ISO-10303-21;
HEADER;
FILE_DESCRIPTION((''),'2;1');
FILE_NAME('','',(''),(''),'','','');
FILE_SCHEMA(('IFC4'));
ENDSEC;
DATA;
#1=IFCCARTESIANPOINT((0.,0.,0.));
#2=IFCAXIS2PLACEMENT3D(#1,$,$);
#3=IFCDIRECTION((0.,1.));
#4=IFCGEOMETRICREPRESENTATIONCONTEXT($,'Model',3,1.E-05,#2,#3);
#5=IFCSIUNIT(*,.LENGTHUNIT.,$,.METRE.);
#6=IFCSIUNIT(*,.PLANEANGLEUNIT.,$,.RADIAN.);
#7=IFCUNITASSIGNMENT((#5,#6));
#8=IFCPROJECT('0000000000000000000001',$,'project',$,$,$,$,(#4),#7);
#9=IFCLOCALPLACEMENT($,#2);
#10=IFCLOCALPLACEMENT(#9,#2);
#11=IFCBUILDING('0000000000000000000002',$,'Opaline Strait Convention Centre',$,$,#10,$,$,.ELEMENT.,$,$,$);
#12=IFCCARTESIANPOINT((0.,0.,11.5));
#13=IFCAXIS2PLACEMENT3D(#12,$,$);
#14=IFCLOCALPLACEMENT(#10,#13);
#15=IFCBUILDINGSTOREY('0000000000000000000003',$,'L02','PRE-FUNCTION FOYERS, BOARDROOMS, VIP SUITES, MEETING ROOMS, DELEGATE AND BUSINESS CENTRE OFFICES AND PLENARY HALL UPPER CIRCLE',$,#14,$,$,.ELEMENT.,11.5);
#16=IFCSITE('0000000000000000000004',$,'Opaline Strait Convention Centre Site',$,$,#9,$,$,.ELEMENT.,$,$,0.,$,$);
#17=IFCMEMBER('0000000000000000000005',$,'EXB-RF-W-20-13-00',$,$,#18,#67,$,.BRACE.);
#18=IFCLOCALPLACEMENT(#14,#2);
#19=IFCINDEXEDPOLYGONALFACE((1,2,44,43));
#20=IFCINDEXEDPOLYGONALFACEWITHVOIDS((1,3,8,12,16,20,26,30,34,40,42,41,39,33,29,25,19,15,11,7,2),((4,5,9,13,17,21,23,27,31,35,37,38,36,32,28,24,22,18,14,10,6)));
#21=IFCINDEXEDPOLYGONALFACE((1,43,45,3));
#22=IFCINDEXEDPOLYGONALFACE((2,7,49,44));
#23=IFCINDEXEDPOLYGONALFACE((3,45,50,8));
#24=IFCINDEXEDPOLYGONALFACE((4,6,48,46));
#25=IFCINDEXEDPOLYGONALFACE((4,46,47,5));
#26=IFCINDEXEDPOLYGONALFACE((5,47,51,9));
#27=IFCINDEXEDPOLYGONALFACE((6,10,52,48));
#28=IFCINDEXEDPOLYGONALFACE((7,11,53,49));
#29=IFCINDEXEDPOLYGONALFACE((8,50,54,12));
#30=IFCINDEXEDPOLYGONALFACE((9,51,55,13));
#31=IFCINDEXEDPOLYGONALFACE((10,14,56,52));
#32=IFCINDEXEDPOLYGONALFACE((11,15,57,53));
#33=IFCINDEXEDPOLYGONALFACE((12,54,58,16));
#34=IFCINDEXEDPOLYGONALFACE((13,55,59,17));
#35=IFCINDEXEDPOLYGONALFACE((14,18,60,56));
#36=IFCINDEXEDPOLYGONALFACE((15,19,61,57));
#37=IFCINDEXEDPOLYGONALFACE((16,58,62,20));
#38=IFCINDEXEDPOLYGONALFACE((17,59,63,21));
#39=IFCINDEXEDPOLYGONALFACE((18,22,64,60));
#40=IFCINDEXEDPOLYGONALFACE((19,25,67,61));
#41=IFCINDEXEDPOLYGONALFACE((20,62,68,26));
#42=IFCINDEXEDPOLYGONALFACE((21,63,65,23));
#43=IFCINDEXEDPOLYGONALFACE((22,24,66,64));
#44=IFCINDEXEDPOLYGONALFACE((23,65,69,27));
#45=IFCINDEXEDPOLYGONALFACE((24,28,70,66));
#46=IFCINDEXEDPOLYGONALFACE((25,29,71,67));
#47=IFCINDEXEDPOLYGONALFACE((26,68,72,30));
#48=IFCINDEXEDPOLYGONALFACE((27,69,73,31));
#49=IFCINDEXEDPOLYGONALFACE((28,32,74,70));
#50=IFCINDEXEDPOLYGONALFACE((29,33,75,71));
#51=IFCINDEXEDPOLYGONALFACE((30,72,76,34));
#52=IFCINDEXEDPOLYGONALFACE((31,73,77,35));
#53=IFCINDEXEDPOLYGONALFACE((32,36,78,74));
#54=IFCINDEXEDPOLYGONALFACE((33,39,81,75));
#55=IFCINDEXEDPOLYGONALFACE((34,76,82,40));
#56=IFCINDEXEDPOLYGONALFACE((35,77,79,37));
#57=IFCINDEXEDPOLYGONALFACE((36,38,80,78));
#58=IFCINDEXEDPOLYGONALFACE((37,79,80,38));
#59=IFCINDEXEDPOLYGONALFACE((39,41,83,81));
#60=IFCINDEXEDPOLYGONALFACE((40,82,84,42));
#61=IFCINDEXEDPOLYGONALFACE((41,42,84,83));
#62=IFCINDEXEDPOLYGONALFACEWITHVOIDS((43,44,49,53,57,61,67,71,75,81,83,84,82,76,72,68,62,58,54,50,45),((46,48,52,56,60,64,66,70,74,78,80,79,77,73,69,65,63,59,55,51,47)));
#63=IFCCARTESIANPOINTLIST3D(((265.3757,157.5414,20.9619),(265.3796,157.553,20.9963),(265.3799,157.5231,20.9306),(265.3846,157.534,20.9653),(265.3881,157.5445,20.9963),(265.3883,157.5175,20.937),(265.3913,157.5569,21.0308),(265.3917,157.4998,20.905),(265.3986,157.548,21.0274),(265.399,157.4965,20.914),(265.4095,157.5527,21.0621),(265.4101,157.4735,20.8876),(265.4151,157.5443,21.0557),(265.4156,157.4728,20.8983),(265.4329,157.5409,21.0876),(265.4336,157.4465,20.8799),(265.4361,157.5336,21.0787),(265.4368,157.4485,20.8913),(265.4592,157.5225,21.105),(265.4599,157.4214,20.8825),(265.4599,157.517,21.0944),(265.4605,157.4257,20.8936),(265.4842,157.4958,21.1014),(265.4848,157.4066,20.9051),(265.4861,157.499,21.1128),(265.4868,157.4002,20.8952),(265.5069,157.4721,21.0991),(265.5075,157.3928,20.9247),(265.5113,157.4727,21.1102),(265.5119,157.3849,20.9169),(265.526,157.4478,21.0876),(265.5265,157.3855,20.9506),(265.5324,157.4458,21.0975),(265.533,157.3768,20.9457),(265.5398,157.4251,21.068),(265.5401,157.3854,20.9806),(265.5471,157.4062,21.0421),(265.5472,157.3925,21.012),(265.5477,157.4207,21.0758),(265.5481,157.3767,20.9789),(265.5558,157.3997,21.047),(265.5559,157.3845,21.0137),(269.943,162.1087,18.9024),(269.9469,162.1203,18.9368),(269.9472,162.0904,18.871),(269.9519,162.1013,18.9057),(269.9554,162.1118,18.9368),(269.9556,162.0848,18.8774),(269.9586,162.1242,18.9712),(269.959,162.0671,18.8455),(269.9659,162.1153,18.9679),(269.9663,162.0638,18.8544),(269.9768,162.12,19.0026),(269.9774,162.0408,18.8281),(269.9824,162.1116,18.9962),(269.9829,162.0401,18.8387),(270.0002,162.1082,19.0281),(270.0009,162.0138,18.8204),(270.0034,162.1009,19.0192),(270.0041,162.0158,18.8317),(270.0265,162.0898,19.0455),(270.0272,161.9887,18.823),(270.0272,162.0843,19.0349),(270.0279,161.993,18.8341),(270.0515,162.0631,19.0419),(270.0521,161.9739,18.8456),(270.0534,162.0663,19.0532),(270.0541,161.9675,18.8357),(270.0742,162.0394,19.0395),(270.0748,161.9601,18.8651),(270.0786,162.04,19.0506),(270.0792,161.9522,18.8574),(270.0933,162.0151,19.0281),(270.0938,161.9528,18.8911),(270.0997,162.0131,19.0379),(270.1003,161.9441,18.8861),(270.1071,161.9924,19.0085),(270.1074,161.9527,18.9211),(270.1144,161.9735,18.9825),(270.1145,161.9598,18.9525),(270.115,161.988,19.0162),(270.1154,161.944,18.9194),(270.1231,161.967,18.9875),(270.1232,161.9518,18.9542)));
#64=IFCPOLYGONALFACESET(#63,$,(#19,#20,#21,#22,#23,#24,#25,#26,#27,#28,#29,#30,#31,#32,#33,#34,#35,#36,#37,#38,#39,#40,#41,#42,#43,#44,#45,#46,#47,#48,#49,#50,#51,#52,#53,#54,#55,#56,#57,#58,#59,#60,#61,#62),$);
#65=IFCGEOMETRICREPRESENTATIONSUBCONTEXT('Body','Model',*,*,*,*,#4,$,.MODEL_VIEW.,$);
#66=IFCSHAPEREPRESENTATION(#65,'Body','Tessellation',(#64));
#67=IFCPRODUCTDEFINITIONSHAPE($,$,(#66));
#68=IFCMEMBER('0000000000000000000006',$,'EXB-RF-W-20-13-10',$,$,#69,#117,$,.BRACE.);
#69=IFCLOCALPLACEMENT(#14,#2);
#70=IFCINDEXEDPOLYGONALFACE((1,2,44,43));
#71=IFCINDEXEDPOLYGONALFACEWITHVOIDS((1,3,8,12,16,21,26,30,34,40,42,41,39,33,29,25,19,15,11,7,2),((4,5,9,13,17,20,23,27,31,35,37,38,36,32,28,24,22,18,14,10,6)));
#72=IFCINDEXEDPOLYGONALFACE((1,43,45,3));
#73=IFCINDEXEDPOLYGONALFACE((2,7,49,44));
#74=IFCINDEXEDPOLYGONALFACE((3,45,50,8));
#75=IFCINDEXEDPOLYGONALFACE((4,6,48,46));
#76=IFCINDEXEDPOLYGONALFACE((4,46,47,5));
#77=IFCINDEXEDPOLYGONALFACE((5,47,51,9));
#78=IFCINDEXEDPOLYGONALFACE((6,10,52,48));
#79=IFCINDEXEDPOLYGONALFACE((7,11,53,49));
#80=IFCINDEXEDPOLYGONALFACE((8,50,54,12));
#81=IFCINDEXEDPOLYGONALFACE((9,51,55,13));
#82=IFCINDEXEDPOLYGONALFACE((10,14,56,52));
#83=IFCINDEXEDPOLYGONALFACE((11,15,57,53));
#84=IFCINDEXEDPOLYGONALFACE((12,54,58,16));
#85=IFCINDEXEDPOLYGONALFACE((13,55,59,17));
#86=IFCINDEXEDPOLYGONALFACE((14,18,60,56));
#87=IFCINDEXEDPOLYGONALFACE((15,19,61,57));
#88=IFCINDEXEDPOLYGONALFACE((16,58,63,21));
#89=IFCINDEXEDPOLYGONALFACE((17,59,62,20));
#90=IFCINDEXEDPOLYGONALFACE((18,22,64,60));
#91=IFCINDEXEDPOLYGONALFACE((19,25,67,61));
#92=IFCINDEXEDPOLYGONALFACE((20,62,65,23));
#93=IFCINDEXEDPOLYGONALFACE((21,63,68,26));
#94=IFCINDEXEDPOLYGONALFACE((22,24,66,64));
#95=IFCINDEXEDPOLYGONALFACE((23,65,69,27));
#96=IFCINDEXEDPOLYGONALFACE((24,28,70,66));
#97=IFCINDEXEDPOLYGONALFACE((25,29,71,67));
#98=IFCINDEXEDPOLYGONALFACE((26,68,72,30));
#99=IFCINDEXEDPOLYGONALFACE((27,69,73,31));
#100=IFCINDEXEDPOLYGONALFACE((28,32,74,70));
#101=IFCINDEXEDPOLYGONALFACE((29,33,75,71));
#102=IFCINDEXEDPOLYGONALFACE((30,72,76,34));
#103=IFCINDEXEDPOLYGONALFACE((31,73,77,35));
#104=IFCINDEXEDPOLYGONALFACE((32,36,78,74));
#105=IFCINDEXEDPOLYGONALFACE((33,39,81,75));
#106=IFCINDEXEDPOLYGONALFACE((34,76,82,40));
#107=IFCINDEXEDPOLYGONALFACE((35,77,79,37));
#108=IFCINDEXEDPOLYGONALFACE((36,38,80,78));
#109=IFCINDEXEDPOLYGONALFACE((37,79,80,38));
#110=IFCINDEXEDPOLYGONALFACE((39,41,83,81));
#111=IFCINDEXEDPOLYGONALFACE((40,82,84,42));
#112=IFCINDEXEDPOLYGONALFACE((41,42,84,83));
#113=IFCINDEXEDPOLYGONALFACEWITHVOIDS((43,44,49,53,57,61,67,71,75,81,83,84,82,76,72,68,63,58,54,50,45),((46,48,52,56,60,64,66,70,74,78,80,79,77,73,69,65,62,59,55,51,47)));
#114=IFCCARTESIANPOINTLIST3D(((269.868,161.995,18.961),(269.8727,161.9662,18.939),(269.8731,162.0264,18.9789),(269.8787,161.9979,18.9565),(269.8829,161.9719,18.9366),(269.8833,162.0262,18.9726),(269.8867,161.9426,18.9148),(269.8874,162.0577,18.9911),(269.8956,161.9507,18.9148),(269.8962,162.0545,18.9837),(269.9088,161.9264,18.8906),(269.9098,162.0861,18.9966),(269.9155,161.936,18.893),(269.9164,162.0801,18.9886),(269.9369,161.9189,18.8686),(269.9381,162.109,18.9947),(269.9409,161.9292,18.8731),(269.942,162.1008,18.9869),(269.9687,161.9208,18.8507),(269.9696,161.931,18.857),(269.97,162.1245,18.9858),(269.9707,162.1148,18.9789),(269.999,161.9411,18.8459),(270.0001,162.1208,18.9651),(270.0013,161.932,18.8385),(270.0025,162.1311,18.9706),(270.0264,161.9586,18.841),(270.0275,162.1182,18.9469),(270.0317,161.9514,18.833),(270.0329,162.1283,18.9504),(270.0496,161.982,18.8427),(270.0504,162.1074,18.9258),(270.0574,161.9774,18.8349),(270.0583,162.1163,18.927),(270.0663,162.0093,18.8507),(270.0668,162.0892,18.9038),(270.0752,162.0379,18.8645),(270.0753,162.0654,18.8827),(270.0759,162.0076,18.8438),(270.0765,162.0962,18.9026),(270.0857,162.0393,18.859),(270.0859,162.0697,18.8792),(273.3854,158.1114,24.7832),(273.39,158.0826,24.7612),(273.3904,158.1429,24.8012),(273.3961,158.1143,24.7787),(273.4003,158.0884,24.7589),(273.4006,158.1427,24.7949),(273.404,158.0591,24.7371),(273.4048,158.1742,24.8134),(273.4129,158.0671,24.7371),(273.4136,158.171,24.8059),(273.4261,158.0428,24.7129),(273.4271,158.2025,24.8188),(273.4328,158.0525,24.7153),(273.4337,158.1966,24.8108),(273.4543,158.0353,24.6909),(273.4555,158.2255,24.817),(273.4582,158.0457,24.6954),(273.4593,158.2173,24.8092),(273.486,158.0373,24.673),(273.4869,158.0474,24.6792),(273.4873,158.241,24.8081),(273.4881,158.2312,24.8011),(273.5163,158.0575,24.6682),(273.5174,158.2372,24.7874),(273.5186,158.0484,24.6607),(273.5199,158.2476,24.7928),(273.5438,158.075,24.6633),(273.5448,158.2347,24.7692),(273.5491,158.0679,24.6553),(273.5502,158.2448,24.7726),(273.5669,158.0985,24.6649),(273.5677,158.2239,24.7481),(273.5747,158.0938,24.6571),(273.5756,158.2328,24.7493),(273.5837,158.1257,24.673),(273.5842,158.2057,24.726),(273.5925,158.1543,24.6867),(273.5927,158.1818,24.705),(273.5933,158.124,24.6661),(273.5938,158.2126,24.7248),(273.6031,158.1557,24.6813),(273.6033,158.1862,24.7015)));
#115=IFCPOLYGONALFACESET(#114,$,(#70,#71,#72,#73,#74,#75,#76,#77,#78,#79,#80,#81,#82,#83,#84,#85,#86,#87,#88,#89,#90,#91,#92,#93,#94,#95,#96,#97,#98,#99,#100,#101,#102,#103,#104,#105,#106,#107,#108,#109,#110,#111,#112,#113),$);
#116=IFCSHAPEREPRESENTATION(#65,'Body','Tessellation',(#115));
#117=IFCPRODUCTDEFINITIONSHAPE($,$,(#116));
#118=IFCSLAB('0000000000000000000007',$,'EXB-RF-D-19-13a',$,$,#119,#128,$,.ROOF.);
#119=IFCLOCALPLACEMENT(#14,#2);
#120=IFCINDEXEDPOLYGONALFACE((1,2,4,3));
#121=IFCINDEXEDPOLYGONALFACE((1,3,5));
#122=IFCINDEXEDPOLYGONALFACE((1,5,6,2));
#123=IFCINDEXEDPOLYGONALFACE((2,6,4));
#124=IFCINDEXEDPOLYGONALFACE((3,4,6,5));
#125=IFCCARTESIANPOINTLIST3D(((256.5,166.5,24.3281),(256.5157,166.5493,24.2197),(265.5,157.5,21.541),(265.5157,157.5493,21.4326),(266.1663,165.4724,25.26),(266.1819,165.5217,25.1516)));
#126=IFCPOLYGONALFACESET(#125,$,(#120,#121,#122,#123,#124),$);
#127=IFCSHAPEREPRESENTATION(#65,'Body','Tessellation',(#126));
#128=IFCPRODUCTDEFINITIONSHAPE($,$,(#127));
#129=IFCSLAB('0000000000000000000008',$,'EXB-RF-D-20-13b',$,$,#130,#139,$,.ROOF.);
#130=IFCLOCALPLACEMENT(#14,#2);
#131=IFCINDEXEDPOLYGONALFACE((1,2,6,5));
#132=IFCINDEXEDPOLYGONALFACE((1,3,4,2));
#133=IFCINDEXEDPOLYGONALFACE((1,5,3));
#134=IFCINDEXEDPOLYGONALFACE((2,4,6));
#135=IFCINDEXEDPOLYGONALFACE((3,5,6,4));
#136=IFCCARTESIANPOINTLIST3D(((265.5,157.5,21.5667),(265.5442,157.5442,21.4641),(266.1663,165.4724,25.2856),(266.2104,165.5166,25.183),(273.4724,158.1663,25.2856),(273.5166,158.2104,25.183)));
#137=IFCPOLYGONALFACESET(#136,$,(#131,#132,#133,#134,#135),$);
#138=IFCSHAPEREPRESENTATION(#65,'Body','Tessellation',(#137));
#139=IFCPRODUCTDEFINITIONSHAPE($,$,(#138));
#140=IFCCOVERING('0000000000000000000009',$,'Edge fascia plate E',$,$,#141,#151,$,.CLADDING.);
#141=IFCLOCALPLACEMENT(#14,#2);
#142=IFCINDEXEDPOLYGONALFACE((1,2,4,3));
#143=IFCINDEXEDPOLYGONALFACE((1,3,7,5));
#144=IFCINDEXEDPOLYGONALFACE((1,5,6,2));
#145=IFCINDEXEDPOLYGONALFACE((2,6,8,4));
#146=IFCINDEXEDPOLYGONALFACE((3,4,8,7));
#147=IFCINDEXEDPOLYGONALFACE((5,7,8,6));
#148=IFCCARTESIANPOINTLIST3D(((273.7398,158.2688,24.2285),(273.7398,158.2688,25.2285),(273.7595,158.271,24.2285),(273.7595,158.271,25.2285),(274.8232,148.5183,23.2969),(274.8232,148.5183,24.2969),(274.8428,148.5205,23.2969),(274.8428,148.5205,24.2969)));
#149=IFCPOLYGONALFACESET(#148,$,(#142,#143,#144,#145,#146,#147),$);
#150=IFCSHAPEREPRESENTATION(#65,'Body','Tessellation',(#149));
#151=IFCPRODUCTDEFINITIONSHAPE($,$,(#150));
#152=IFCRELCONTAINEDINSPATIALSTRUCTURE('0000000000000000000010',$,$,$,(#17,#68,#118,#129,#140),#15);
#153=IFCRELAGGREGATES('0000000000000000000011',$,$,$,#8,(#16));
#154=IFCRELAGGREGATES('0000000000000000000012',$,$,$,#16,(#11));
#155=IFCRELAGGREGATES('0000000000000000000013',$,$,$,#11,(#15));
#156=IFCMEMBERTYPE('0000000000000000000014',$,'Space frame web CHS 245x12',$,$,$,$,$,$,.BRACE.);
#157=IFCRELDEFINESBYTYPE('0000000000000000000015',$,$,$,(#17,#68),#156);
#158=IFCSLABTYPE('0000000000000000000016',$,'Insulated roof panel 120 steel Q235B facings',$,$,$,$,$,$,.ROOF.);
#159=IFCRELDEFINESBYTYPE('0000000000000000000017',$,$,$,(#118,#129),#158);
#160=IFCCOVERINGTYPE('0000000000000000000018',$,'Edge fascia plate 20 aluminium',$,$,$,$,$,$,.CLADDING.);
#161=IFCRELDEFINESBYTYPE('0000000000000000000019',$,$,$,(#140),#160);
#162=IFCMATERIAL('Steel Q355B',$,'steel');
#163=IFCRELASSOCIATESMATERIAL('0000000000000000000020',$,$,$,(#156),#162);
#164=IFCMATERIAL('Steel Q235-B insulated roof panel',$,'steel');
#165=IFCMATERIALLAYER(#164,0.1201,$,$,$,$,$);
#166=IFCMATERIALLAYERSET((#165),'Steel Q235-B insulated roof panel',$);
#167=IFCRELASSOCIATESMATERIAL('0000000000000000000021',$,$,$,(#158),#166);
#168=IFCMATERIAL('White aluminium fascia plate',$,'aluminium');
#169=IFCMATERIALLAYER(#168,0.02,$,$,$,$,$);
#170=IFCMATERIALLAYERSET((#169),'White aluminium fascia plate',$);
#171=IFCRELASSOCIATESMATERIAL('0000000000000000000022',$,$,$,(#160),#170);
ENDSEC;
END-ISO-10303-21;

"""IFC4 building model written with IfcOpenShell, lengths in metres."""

from ifc_helpers import new_model, si_unit, direction, frame, origin, origin_2d, place, context, subcontext, project, spatial, polyline, hollow_circle, outline, extrude, material, layer, layer_set, material_profile, profile_set, type_object, element, save


model = new_model("IFC4")

# Units and contexts
model_context = context("Model", 3, precision=1e-05, world=origin(), true_north=direction((0.0, 1.0)))
body_context = subcontext(model_context, "Body", "Model", "MODEL_VIEW")
ifc_project = project(units=[si_unit("LENGTHUNIT", "METRE"), si_unit("PLANEANGLEUNIT", "RADIAN")], contexts=[model_context])

# Site, building, storey
site_placement = place(None, origin())
site = spatial("IfcSite", under=ifc_project, at=site_placement, Name="Opaline Strait Convention Centre Site", CompositionType="ELEMENT", RefElevation=0.0)
building_placement = place(site_placement, origin())
building = spatial("IfcBuilding", under=site, at=building_placement, Name="Opaline Strait Convention Centre", CompositionType="ELEMENT")
storey_placement = place(building_placement, frame((0.0, 0.0, 11.5)))
storey = spatial("IfcBuildingStorey", under=building, at=storey_placement, Name="L02", Description="PRE-FUNCTION FOYERS, BOARDROOMS, VIP SUITES, MEETING ROOMS, DELEGATE AND BUSINESS CENTRE OFFICES AND PLENARY HALL UPPER CIRCLE", CompositionType="ELEMENT", Elevation=11.5)

# Members
ifc_material_1 = material(Name="Steel Q355B", Category="steel")
ifc_material_profile_1 = material_profile(ifc_material_1, hollow_circle(Radius=0.1226, WallThickness=0.012, at=origin_2d()), Name="CHS 245x12")
ifc_profile_set_1 = profile_set([ifc_material_profile_1], Name="Steel Q355B")
member_type_1 = type_object("IfcMemberType", Name="Space frame web CHS 245x12", PredefinedType="BRACE", material=ifc_profile_set_1)
member_1_placement = place(storey_placement, frame((265.4663, 157.4663, 20.9963), z_axis=(0.673689, 0.673689, -0.303787), x_axis=(-0.707107, 0.707107, 0.0)))
element("IfcMember", 1, at=member_1_placement, inside=storey, type_object=member_type_1, Name="EXB-RF-W-20-13-00", PredefinedType="BRACE", context=body_context, shape_type="SweptSolid", body=[
    extrude(hollow_circle(Radius=0.1226, WallThickness=0.012, at=origin_2d()), origin(), (0.0, 0.0, 1.0), 6.7795),
])
member_2_placement = place(storey_placement, frame((273.4949, 158.1414, 24.7371), z_axis=(-0.449053, 0.495807, -0.743321), x_axis=(-0.741189, -0.671296, 0.0)))
element("IfcMember", 2, at=member_2_placement, inside=storey, type_object=member_type_1, Name="EXB-RF-W-20-13-10", PredefinedType="BRACE", context=body_context, shape_type="SweptSolid", body=[
    extrude(hollow_circle(Radius=0.1226, WallThickness=0.012, at=origin_2d()), origin(), (0.0, 0.0, 1.0), 7.8328),
])

# Slabs
ifc_material_2 = material(Name="Steel Q235-B insulated roof panel", Category="steel")
ifc_layer_1 = layer(ifc_material_2, 0.1201)
ifc_layer_set_1 = layer_set([ifc_layer_1], Name="Steel Q235-B insulated roof panel")
slab_type = type_object("IfcSlabType", Name="Insulated roof panel 120 steel Q235B facings", PredefinedType="ROOF", material=ifc_layer_set_1)
slab_1_placement = place(storey_placement, frame((265.5, 157.5, 21.541), z_axis=(-0.130619, -0.410141, 0.90262), x_axis=(0.075519, 0.903659, 0.421541)))
element("IfcSlab", 3, at=slab_1_placement, inside=storey, type_object=slab_type, Name="EXB-RF-D-19-13a", PredefinedType="ROOF", context=body_context, shape_type="SweptSolid", body=[
    extrude(outline(polyline([(0.0, 0.0), (8.8224, 0.0), (8.6281, 9.7634), (0.0, 0.0)])), origin(), (0.0, 0.0, -1.0), 0.1201),
])
slab_2_placement = place(storey_placement, frame((265.5, 157.5, 21.5667), z_axis=(-0.367716, -0.367716, 0.854149), x_axis=(0.903659, 0.075519, 0.421541)))
element("IfcSlab", 4, at=slab_2_placement, inside=storey, type_object=slab_type, Name="EXB-RF-D-20-13b", PredefinedType="ROOF", context=body_context, shape_type="SweptSolid", body=[
    extrude(outline(polyline([(0.0, 0.0), (8.8224, 0.0), (2.7719, 8.3756), (0.0, 0.0)])), origin(), (0.0, 0.0, -1.0), 0.1201),
])

# Covering
ifc_material_3 = material(Name="White aluminium fascia plate", Category="aluminium")
ifc_layer_2 = layer(ifc_material_3, 0.02)
ifc_layer_set_2 = layer_set([ifc_layer_2], Name="White aluminium fascia plate")
covering_type = type_object("IfcCoveringType", Name="Edge fascia plate 20 aluminium", PredefinedType="CLADDING", material=ifc_layer_set_2)
covering_placement = place(storey_placement, frame((274.2815, 153.3936, 24.2627), z_axis=(0.993884, 0.110432, 0.0), x_axis=(-0.110432, 0.993884, 0.0)))
element("IfcCovering", 5, at=covering_placement, inside=storey, type_object=covering_type, Name="Edge fascia plate E", PredefinedType="CLADDING", context=body_context, shape_type="SweptSolid", body=[
    extrude(outline(polyline([(-4.9053, 0.0342), (4.9053, 0.9658), (4.9053, -0.0342), (-4.9053, -0.9658), (-4.9053, 0.0342)])), origin(), (0.0, 0.0, 1.0), 0.0198),
])

save(model, "model.ifc")
